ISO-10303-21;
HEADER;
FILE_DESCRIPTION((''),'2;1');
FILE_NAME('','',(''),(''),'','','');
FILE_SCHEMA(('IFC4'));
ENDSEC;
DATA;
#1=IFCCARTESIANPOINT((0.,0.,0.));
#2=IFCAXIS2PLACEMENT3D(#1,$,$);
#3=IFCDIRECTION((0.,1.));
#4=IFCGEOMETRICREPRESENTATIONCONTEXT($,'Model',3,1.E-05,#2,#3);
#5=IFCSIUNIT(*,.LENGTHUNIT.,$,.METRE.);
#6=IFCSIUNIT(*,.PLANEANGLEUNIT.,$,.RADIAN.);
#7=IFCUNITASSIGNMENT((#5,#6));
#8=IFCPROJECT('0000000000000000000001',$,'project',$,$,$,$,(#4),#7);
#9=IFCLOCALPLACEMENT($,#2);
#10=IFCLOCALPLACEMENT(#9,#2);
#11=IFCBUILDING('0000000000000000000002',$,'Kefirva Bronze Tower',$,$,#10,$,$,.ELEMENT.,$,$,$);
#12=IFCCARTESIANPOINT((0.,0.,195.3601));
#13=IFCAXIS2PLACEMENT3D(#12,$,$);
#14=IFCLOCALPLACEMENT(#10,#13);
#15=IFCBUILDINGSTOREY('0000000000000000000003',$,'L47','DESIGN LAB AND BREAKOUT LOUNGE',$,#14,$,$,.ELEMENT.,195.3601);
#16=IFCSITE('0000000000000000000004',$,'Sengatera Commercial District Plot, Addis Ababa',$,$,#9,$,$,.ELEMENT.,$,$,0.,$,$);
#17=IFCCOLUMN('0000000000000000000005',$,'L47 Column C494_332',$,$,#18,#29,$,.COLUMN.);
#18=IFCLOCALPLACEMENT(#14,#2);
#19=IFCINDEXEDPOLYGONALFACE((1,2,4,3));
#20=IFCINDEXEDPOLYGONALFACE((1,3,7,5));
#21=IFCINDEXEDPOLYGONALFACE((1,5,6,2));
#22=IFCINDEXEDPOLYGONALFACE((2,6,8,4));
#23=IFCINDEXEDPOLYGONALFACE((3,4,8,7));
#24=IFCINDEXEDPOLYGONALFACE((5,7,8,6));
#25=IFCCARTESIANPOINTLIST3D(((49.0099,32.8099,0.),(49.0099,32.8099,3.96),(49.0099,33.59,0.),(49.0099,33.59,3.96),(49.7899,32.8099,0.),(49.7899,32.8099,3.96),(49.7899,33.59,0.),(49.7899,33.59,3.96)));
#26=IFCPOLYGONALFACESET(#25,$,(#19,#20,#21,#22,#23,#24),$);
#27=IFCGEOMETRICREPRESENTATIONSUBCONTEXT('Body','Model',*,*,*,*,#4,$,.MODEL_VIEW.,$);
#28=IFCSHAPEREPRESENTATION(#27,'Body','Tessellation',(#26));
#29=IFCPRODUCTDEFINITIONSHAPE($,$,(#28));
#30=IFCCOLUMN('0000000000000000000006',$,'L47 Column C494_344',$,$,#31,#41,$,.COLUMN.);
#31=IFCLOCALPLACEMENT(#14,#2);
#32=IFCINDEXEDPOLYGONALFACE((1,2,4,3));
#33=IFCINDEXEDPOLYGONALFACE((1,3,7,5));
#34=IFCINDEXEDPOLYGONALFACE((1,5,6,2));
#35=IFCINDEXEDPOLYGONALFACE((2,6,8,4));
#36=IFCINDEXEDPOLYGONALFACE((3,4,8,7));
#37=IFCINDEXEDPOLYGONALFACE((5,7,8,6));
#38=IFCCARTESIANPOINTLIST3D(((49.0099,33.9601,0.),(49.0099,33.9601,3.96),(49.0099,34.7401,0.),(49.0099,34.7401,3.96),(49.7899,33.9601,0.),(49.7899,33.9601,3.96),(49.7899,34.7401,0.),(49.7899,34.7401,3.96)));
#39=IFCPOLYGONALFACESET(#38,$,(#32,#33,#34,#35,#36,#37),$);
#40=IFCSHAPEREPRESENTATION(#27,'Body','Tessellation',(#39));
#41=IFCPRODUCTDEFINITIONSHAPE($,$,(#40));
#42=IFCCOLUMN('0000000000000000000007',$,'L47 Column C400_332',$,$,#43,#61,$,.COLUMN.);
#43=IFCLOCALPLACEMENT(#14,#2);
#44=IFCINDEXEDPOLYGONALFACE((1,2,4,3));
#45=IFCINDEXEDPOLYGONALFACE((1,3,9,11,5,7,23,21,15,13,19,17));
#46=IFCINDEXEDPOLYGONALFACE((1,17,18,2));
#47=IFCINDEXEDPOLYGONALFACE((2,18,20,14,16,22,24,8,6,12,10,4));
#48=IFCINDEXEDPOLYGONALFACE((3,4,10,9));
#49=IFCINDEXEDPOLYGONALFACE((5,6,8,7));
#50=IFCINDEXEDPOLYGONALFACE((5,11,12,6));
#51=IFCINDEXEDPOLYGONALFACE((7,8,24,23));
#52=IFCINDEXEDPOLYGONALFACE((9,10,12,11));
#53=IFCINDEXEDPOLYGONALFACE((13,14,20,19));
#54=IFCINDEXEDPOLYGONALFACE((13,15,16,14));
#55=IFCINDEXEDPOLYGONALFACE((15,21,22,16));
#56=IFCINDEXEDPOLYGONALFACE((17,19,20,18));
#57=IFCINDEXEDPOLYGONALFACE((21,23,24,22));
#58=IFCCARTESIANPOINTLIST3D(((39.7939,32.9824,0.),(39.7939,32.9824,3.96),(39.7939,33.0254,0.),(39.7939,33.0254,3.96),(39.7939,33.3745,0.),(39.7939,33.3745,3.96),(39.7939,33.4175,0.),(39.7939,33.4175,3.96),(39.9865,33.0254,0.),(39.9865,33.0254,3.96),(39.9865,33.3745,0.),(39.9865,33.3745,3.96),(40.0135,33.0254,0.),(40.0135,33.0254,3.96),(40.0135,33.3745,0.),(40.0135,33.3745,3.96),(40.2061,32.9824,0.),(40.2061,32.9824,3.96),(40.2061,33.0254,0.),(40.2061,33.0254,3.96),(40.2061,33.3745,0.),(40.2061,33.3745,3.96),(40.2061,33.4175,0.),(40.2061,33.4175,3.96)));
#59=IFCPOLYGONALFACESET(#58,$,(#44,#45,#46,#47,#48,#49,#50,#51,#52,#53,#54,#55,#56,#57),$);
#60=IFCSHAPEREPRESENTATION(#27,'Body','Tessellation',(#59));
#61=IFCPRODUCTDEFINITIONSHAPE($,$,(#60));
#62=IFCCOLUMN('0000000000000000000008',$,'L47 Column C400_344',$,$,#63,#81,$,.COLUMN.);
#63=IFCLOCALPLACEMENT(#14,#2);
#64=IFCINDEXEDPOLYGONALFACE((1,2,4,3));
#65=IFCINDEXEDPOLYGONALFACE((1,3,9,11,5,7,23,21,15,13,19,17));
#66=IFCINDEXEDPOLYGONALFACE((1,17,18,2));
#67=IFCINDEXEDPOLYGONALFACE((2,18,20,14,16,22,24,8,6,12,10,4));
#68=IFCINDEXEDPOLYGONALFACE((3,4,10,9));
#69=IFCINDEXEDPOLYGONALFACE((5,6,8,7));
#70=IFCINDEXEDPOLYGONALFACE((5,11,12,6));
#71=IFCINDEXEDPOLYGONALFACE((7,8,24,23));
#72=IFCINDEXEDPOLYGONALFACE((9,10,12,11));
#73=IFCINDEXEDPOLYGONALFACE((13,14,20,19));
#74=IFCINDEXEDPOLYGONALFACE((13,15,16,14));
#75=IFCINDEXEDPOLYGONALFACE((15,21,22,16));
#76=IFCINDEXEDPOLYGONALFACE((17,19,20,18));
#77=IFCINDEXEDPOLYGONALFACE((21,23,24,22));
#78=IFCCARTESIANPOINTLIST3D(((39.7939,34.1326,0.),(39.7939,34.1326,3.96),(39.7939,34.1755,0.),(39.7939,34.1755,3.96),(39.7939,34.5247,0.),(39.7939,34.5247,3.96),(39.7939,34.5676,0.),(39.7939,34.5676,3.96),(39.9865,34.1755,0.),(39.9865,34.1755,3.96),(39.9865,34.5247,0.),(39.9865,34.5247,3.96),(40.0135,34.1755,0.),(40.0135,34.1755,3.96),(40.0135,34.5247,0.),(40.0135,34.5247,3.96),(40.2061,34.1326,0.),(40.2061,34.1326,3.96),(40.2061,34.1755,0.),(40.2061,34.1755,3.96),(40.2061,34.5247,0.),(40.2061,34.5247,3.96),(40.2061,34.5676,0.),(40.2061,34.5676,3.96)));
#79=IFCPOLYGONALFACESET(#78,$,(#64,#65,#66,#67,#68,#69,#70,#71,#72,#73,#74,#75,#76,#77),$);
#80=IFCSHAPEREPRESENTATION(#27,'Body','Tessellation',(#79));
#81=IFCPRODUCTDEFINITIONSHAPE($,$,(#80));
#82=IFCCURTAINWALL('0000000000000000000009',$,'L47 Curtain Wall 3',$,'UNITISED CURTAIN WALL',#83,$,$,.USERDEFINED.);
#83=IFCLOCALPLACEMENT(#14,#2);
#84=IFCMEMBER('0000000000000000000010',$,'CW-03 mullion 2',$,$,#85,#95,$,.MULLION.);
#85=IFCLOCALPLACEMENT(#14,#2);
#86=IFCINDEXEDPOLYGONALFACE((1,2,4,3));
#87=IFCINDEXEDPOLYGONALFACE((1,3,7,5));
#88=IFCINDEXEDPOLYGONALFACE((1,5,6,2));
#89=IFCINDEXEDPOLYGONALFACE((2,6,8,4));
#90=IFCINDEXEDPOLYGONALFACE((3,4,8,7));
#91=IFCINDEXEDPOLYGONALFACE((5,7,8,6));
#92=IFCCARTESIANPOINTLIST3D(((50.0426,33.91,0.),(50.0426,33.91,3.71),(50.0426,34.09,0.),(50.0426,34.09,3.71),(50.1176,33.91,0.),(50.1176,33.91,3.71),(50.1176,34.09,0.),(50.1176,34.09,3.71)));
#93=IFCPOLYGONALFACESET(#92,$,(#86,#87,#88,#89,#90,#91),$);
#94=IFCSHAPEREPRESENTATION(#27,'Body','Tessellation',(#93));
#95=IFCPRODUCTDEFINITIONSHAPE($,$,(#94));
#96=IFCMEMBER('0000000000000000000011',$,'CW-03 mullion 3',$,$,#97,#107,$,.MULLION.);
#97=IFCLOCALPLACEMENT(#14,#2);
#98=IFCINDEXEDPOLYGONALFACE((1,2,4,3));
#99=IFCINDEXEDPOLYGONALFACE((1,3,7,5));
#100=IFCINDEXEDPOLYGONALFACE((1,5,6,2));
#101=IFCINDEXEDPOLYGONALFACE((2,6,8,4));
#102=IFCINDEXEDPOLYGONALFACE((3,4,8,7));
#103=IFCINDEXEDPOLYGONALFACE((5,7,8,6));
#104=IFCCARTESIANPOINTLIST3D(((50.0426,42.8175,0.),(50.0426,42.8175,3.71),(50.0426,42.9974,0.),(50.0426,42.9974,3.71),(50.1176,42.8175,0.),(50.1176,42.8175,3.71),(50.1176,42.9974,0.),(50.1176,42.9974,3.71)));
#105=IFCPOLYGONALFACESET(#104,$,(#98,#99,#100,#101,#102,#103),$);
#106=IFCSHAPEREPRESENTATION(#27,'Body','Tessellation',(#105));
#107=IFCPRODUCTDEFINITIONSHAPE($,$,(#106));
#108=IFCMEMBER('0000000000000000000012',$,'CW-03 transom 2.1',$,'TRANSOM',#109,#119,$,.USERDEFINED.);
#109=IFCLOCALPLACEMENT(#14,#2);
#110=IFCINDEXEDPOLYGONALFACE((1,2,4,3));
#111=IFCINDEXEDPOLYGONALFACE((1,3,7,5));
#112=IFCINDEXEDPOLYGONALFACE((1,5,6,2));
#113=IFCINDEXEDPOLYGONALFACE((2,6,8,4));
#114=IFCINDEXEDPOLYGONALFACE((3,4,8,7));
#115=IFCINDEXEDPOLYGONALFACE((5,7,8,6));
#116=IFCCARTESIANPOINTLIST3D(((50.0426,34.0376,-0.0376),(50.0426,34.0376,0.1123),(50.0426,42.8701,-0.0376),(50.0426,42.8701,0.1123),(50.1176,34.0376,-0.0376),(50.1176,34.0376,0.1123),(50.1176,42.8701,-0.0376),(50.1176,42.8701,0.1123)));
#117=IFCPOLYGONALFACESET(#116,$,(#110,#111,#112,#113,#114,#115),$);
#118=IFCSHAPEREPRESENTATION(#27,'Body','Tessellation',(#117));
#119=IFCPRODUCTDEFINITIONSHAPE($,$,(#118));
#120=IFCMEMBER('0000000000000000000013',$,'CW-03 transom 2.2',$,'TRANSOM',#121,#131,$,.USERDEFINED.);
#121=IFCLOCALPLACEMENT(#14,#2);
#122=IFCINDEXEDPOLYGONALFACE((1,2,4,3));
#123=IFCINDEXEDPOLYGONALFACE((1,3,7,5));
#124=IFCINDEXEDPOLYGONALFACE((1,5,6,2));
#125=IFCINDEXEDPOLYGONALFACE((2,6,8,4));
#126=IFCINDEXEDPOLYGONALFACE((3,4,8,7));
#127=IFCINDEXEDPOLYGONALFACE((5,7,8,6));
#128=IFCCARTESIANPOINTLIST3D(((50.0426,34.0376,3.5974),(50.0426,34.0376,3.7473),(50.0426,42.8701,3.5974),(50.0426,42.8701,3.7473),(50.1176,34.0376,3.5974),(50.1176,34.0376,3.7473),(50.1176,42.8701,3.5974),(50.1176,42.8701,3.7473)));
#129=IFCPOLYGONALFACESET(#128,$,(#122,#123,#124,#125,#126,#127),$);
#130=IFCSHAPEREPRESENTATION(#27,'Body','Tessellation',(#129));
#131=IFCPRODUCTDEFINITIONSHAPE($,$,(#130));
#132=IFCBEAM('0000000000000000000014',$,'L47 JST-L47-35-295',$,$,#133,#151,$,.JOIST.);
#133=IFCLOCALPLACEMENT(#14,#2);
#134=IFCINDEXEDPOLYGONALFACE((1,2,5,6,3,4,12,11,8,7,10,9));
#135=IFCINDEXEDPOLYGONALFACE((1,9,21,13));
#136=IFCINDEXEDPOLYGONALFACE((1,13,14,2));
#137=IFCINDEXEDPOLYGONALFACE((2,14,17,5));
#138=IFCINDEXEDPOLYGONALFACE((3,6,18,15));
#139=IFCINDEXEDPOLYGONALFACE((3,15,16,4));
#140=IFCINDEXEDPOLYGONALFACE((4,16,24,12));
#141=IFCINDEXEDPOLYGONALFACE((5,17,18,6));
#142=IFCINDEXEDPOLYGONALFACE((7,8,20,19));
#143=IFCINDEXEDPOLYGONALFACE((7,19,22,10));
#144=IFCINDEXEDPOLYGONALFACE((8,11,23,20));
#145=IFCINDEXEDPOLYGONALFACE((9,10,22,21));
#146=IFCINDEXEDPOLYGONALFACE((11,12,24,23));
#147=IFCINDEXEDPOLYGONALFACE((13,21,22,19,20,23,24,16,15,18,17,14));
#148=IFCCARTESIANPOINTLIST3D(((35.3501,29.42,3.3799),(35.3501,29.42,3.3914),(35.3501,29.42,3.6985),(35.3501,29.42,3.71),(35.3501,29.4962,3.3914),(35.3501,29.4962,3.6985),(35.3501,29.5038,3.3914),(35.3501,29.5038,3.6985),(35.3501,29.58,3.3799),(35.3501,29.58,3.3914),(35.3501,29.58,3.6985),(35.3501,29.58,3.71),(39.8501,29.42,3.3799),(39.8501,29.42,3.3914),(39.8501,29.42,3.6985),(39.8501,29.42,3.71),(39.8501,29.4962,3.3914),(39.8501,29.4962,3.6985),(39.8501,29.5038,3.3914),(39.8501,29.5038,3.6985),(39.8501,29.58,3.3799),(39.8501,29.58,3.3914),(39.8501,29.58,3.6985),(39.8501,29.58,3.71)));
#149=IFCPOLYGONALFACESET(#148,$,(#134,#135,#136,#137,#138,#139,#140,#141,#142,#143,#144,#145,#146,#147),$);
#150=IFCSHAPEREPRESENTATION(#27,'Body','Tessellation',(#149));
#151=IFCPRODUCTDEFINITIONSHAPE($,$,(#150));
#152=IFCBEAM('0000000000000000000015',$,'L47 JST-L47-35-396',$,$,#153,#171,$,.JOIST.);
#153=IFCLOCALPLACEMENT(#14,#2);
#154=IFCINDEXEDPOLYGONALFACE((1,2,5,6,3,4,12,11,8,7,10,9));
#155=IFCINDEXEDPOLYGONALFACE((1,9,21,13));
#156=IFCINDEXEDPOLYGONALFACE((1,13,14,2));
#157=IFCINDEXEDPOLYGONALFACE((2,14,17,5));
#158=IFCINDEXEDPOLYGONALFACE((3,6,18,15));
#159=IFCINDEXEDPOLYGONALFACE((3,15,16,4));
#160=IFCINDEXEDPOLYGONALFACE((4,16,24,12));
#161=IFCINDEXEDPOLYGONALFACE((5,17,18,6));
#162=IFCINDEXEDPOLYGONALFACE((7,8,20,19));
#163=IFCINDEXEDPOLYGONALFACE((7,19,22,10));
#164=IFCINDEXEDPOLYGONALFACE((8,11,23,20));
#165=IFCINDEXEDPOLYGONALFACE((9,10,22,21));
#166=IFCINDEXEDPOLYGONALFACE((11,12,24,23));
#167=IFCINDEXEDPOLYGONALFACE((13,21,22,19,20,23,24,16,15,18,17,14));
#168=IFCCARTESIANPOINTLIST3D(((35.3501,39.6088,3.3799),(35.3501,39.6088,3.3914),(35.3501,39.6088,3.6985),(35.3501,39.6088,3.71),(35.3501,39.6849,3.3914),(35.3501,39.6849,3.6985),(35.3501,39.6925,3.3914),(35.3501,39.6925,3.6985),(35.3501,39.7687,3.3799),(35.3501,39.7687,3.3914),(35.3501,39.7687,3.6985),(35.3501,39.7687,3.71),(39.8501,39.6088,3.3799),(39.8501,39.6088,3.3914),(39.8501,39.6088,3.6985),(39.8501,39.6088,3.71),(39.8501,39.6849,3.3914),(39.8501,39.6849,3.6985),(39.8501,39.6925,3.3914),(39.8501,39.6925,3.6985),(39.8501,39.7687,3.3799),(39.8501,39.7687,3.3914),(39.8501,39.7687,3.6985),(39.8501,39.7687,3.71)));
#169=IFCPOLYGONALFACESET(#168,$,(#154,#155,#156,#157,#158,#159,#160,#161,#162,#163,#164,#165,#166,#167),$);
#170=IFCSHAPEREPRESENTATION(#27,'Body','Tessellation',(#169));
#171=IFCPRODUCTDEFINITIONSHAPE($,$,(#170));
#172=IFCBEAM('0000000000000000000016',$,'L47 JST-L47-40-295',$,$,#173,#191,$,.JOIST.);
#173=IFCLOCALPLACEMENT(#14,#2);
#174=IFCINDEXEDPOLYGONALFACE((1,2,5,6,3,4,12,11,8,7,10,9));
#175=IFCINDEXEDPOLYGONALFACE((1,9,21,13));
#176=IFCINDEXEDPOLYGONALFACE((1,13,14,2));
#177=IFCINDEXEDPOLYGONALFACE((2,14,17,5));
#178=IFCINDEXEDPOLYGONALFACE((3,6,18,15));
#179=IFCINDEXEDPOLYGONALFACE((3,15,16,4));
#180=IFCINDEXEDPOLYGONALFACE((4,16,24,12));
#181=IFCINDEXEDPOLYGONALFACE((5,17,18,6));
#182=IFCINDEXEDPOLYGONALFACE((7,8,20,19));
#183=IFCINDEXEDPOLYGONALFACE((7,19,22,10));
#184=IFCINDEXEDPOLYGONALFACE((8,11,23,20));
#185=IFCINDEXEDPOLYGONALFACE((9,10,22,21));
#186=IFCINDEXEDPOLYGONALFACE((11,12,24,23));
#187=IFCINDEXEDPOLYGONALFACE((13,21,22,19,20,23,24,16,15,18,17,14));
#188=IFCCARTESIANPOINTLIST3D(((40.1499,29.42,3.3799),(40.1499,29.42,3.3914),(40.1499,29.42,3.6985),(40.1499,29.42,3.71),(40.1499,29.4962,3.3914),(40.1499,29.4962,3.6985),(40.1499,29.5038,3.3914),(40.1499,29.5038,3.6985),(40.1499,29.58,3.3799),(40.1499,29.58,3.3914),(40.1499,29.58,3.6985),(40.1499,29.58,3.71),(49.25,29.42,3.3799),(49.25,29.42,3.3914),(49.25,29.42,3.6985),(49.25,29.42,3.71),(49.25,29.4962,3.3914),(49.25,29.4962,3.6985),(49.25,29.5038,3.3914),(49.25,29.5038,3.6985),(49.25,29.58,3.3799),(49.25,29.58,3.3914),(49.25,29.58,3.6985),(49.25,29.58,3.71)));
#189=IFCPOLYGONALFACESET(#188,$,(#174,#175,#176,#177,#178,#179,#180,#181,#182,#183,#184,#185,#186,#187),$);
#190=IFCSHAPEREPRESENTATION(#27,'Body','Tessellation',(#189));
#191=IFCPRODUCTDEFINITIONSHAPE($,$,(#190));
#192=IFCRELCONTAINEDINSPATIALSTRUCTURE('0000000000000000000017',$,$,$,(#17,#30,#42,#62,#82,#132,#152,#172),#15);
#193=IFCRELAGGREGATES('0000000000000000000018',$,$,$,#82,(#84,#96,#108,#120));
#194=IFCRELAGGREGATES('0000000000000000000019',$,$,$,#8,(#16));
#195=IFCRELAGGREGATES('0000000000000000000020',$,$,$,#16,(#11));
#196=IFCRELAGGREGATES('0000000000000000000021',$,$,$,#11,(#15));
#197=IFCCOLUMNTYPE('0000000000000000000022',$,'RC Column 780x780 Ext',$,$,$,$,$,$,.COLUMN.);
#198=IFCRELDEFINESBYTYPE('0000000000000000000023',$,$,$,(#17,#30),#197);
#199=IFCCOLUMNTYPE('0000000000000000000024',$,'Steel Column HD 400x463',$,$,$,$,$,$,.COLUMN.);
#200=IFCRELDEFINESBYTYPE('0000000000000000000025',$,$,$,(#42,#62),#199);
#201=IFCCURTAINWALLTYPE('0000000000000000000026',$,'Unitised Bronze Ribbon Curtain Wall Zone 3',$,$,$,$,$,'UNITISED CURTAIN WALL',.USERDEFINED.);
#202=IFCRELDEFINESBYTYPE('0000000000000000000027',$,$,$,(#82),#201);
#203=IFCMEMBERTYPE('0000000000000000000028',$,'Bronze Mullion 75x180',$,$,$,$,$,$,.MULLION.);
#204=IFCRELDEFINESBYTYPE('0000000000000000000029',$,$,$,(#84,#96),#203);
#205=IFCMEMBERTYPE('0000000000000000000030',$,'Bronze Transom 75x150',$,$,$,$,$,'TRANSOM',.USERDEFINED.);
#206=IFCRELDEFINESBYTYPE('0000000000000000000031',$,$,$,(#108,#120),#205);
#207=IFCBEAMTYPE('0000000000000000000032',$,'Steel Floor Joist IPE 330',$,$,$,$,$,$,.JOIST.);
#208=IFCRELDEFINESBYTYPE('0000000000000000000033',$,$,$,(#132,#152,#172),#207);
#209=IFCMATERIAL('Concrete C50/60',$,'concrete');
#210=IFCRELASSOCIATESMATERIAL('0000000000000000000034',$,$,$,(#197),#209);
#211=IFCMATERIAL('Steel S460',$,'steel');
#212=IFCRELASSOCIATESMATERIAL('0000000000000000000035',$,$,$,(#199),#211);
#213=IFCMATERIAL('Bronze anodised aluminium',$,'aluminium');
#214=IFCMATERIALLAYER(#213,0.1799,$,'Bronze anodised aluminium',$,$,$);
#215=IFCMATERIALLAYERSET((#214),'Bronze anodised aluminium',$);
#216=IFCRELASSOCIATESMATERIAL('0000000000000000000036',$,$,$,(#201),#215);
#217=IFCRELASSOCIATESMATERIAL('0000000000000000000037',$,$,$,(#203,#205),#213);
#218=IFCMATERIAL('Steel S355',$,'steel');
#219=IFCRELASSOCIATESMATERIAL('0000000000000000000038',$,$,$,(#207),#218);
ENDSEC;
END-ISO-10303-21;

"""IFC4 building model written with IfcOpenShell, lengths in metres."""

from ifc_helpers import new_model, si_unit, direction, frame, origin, origin_2d, place, context, subcontext, project, spatial, rectangle, i_section, extrude, material, layer, layer_set, material_profile, profile_set, type_object, element, aggregate, save


model = new_model("IFC4")

# Units and contexts
model_context = context("Model", 3, precision=1e-05, world=origin(), true_north=direction((0.0, 1.0)))
body_context = subcontext(model_context, "Body", "Model", "MODEL_VIEW")
ifc_project = project(units=[si_unit("LENGTHUNIT", "METRE"), si_unit("PLANEANGLEUNIT", "RADIAN")], contexts=[model_context])

# Site, building, storey
site_placement = place(None, origin())
site = spatial("IfcSite", under=ifc_project, at=site_placement, Name="Sengatera Commercial District Plot, Addis Ababa", CompositionType="ELEMENT", RefElevation=0.0)
building_placement = place(site_placement, origin())
building = spatial("IfcBuilding", under=site, at=building_placement, Name="Kefirva Bronze Tower", CompositionType="ELEMENT")
storey_placement = place(building_placement, frame((0.0, 0.0, 195.3601)))
storey = spatial("IfcBuildingStorey", under=building, at=storey_placement, Name="L47", Description="DESIGN LAB AND BREAKOUT LOUNGE", CompositionType="ELEMENT", Elevation=195.3601)

# Columns
ifc_material_1 = material(Name="Concrete C50/60", Category="concrete")
ifc_material_profile_1 = material_profile(ifc_material_1, rectangle(XDim=0.78, YDim=0.78, at=origin_2d()), Name="RC 780x780")
ifc_profile_set_1 = profile_set([ifc_material_profile_1], Name="Concrete C50/60")
column_type_1 = type_object("IfcColumnType", Name="RC Column 780x780 Ext", PredefinedType="COLUMN", material=ifc_profile_set_1)
for number, where, z_axis, x_axis, name in (
    (1, (49.3999, 33.2, 0.0), (0.0, 0.0, 1.0), (1.0, 0.0, 0.0), "L47 Column C494_332"),
    (2, (49.3999, 34.3501, 0.0), (0.0, 0.0, 1.0), (1.0, 0.0, 0.0), "L47 Column C494_344"),
):
    element("IfcColumn", number, at=place(storey_placement, frame(where, z_axis=z_axis, x_axis=x_axis)), inside=storey, type_object=column_type_1, Name=name, PredefinedType="COLUMN", context=body_context, shape_type="SweptSolid", body=[
        extrude(rectangle(XDim=0.78, YDim=0.78, at=origin_2d()), origin(), (0.0, 0.0, 1.0), 3.96),
    ])
ifc_material_2 = material(Name="Steel S460", Category="steel")
ifc_material_profile_2 = material_profile(ifc_material_2, i_section(OverallWidth=0.4121, OverallDepth=0.4351, WebThickness=0.0271, FlangeThickness=0.043, at=origin_2d()), Name="HD 400x463")
ifc_profile_set_2 = profile_set([ifc_material_profile_2], Name="Steel S460")
column_type_2 = type_object("IfcColumnType", Name="Steel Column HD 400x463", PredefinedType="COLUMN", material=ifc_profile_set_2)
for number, where, z_axis, x_axis, name in (
    (3, (40.0, 33.2, 0.0), (0.0, 0.0, 1.0), (1.0, 0.0, 0.0), "L47 Column C400_332"),
    (4, (40.0, 34.3501, 0.0), (0.0, 0.0, 1.0), (1.0, 0.0, 0.0), "L47 Column C400_344"),
):
    element("IfcColumn", number, at=place(storey_placement, frame(where, z_axis=z_axis, x_axis=x_axis)), inside=storey, type_object=column_type_2, Name=name, PredefinedType="COLUMN", context=body_context, shape_type="SweptSolid", body=[
        extrude(i_section(OverallWidth=0.4121, OverallDepth=0.4351, WebThickness=0.0271, FlangeThickness=0.043, at=origin_2d()), origin(), (0.0, 0.0, 1.0), 3.96),
    ])

# Curtain wall, members
ifc_material_3 = material(Name="Bronze anodised aluminium", Category="aluminium")
ifc_layer_1 = layer(ifc_material_3, 0.1799, Name="Bronze anodised aluminium")
ifc_layer_set_1 = layer_set([ifc_layer_1], Name="Bronze anodised aluminium")
curtain_wall_type = type_object("IfcCurtainWallType", Name="Unitised Bronze Ribbon Curtain Wall Zone 3", ElementType="UNITISED CURTAIN WALL", PredefinedType="USERDEFINED", material=ifc_layer_set_1)
curtain_wall_placement = place(storey_placement, origin())
curtain_wall = element("IfcCurtainWall", 5, at=curtain_wall_placement, inside=storey, type_object=curtain_wall_type, Name="L47 Curtain Wall 3", ObjectType="UNITISED CURTAIN WALL", PredefinedType="USERDEFINED")
ifc_material_profile_3 = material_profile(ifc_material_3, rectangle(XDim=0.075, YDim=0.1799, at=origin_2d()), Name="ALU 75x180")
ifc_profile_set_3 = profile_set([ifc_material_profile_3], Name="Bronze anodised aluminium")
member_type_1 = type_object("IfcMemberType", Name="Bronze Mullion 75x180", PredefinedType="MULLION", material=ifc_profile_set_3)
member_1_placement = place(storey_placement, frame((50.0801, 34.0, 0.0), z_axis=(0.0, 0.0, 1.0), x_axis=(-1.0, 0.0, 0.0)))
member_1 = element("IfcMember", 6, at=member_1_placement, type_object=member_type_1, Name="CW-03 mullion 2", PredefinedType="MULLION", context=body_context, shape_type="SweptSolid", body=[
    extrude(rectangle(XDim=0.075, YDim=0.1799, at=origin_2d()), origin(), (0.0, 0.0, 1.0), 3.71),
])
member_2_placement = place(storey_placement, frame((50.0801, 42.9075, 0.0), z_axis=(0.0, 0.0, 1.0), x_axis=(-1.0, 0.0, 0.0)))
member_2 = element("IfcMember", 7, at=member_2_placement, type_object=member_type_1, Name="CW-03 mullion 3", PredefinedType="MULLION", context=body_context, shape_type="SweptSolid", body=[
    extrude(rectangle(XDim=0.075, YDim=0.1799, at=origin_2d()), origin(), (0.0, 0.0, 1.0), 3.71),
])
ifc_material_profile_4 = material_profile(ifc_material_3, rectangle(XDim=0.075, YDim=0.1499, at=origin_2d()), Name="ALU 75x150")
ifc_profile_set_4 = profile_set([ifc_material_profile_4], Name="Bronze anodised aluminium")
member_type_2 = type_object("IfcMemberType", Name="Bronze Transom 75x150", ElementType="TRANSOM", PredefinedType="USERDEFINED", material=ifc_profile_set_4)
member_3_placement = place(storey_placement, frame((50.0801, 34.0376, 0.0374), z_axis=(0.0, 1.0, 0.0), x_axis=(-1.0, 0.0, 0.0)))
member_3 = element("IfcMember", 8, at=member_3_placement, type_object=member_type_2, Name="CW-03 transom 2.1", ObjectType="TRANSOM", PredefinedType="USERDEFINED", context=body_context, shape_type="SweptSolid", body=[
    extrude(rectangle(XDim=0.075, YDim=0.1499, at=origin_2d()), origin(), (0.0, 0.0, 1.0), 8.8325),
])
member_4_placement = place(storey_placement, frame((50.0801, 34.0376, 3.6724), z_axis=(0.0, 1.0, 0.0), x_axis=(-1.0, 0.0, 0.0)))
member_4 = element("IfcMember", 9, at=member_4_placement, type_object=member_type_2, Name="CW-03 transom 2.2", ObjectType="TRANSOM", PredefinedType="USERDEFINED", context=body_context, shape_type="SweptSolid", body=[
    extrude(rectangle(XDim=0.075, YDim=0.1499, at=origin_2d()), origin(), (0.0, 0.0, 1.0), 8.8325),
])

# Beams
ifc_material_4 = material(Name="Steel S355", Category="steel")
ifc_material_profile_5 = material_profile(ifc_material_4, i_section(OverallWidth=0.1599, OverallDepth=0.3301, WebThickness=0.0076, FlangeThickness=0.0115, at=origin_2d()), Name="IPE 330")
ifc_profile_set_5 = profile_set([ifc_material_profile_5], Name="Steel S355")
beam_type_1 = type_object("IfcBeamType", Name="Steel Floor Joist IPE 330", PredefinedType="JOIST", material=ifc_profile_set_5)
for number, where, z_axis, x_axis, name in (
    (10, (35.3501, 29.5, 3.5449), (1.0, 0.0, 0.0), (0.0, 1.0, 0.0), "L47 JST-L47-35-295"),
    (11, (35.3501, 39.6887, 3.5449), (1.0, 0.0, 0.0), (0.0, 1.0, 0.0), "L47 JST-L47-35-396"),
):
    element("IfcBeam", number, at=place(storey_placement, frame(where, z_axis=z_axis, x_axis=x_axis)), inside=storey, type_object=beam_type_1, Name=name, PredefinedType="JOIST", context=body_context, shape_type="SweptSolid", body=[
        extrude(i_section(OverallWidth=0.1599, OverallDepth=0.3301, WebThickness=0.0076, FlangeThickness=0.0115, at=origin_2d()), origin(), (0.0, 0.0, 1.0), 4.5),
    ])
beam_1_placement = place(storey_placement, frame((40.1499, 29.5, 3.5449), z_axis=(1.0, 0.0, 0.0), x_axis=(0.0, 1.0, 0.0)))
element("IfcBeam", 12, at=beam_1_placement, inside=storey, type_object=beam_type_1, Name="L47 JST-L47-40-295", PredefinedType="JOIST", context=body_context, shape_type="SweptSolid", body=[
    extrude(i_section(OverallWidth=0.1599, OverallDepth=0.3301, WebThickness=0.0076, FlangeThickness=0.0115, at=origin_2d()), origin(), (0.0, 0.0, 1.0), 9.1001),
])

aggregate(curtain_wall, [member_1, member_2, member_3, member_4])

save(model, "model.ifc")
